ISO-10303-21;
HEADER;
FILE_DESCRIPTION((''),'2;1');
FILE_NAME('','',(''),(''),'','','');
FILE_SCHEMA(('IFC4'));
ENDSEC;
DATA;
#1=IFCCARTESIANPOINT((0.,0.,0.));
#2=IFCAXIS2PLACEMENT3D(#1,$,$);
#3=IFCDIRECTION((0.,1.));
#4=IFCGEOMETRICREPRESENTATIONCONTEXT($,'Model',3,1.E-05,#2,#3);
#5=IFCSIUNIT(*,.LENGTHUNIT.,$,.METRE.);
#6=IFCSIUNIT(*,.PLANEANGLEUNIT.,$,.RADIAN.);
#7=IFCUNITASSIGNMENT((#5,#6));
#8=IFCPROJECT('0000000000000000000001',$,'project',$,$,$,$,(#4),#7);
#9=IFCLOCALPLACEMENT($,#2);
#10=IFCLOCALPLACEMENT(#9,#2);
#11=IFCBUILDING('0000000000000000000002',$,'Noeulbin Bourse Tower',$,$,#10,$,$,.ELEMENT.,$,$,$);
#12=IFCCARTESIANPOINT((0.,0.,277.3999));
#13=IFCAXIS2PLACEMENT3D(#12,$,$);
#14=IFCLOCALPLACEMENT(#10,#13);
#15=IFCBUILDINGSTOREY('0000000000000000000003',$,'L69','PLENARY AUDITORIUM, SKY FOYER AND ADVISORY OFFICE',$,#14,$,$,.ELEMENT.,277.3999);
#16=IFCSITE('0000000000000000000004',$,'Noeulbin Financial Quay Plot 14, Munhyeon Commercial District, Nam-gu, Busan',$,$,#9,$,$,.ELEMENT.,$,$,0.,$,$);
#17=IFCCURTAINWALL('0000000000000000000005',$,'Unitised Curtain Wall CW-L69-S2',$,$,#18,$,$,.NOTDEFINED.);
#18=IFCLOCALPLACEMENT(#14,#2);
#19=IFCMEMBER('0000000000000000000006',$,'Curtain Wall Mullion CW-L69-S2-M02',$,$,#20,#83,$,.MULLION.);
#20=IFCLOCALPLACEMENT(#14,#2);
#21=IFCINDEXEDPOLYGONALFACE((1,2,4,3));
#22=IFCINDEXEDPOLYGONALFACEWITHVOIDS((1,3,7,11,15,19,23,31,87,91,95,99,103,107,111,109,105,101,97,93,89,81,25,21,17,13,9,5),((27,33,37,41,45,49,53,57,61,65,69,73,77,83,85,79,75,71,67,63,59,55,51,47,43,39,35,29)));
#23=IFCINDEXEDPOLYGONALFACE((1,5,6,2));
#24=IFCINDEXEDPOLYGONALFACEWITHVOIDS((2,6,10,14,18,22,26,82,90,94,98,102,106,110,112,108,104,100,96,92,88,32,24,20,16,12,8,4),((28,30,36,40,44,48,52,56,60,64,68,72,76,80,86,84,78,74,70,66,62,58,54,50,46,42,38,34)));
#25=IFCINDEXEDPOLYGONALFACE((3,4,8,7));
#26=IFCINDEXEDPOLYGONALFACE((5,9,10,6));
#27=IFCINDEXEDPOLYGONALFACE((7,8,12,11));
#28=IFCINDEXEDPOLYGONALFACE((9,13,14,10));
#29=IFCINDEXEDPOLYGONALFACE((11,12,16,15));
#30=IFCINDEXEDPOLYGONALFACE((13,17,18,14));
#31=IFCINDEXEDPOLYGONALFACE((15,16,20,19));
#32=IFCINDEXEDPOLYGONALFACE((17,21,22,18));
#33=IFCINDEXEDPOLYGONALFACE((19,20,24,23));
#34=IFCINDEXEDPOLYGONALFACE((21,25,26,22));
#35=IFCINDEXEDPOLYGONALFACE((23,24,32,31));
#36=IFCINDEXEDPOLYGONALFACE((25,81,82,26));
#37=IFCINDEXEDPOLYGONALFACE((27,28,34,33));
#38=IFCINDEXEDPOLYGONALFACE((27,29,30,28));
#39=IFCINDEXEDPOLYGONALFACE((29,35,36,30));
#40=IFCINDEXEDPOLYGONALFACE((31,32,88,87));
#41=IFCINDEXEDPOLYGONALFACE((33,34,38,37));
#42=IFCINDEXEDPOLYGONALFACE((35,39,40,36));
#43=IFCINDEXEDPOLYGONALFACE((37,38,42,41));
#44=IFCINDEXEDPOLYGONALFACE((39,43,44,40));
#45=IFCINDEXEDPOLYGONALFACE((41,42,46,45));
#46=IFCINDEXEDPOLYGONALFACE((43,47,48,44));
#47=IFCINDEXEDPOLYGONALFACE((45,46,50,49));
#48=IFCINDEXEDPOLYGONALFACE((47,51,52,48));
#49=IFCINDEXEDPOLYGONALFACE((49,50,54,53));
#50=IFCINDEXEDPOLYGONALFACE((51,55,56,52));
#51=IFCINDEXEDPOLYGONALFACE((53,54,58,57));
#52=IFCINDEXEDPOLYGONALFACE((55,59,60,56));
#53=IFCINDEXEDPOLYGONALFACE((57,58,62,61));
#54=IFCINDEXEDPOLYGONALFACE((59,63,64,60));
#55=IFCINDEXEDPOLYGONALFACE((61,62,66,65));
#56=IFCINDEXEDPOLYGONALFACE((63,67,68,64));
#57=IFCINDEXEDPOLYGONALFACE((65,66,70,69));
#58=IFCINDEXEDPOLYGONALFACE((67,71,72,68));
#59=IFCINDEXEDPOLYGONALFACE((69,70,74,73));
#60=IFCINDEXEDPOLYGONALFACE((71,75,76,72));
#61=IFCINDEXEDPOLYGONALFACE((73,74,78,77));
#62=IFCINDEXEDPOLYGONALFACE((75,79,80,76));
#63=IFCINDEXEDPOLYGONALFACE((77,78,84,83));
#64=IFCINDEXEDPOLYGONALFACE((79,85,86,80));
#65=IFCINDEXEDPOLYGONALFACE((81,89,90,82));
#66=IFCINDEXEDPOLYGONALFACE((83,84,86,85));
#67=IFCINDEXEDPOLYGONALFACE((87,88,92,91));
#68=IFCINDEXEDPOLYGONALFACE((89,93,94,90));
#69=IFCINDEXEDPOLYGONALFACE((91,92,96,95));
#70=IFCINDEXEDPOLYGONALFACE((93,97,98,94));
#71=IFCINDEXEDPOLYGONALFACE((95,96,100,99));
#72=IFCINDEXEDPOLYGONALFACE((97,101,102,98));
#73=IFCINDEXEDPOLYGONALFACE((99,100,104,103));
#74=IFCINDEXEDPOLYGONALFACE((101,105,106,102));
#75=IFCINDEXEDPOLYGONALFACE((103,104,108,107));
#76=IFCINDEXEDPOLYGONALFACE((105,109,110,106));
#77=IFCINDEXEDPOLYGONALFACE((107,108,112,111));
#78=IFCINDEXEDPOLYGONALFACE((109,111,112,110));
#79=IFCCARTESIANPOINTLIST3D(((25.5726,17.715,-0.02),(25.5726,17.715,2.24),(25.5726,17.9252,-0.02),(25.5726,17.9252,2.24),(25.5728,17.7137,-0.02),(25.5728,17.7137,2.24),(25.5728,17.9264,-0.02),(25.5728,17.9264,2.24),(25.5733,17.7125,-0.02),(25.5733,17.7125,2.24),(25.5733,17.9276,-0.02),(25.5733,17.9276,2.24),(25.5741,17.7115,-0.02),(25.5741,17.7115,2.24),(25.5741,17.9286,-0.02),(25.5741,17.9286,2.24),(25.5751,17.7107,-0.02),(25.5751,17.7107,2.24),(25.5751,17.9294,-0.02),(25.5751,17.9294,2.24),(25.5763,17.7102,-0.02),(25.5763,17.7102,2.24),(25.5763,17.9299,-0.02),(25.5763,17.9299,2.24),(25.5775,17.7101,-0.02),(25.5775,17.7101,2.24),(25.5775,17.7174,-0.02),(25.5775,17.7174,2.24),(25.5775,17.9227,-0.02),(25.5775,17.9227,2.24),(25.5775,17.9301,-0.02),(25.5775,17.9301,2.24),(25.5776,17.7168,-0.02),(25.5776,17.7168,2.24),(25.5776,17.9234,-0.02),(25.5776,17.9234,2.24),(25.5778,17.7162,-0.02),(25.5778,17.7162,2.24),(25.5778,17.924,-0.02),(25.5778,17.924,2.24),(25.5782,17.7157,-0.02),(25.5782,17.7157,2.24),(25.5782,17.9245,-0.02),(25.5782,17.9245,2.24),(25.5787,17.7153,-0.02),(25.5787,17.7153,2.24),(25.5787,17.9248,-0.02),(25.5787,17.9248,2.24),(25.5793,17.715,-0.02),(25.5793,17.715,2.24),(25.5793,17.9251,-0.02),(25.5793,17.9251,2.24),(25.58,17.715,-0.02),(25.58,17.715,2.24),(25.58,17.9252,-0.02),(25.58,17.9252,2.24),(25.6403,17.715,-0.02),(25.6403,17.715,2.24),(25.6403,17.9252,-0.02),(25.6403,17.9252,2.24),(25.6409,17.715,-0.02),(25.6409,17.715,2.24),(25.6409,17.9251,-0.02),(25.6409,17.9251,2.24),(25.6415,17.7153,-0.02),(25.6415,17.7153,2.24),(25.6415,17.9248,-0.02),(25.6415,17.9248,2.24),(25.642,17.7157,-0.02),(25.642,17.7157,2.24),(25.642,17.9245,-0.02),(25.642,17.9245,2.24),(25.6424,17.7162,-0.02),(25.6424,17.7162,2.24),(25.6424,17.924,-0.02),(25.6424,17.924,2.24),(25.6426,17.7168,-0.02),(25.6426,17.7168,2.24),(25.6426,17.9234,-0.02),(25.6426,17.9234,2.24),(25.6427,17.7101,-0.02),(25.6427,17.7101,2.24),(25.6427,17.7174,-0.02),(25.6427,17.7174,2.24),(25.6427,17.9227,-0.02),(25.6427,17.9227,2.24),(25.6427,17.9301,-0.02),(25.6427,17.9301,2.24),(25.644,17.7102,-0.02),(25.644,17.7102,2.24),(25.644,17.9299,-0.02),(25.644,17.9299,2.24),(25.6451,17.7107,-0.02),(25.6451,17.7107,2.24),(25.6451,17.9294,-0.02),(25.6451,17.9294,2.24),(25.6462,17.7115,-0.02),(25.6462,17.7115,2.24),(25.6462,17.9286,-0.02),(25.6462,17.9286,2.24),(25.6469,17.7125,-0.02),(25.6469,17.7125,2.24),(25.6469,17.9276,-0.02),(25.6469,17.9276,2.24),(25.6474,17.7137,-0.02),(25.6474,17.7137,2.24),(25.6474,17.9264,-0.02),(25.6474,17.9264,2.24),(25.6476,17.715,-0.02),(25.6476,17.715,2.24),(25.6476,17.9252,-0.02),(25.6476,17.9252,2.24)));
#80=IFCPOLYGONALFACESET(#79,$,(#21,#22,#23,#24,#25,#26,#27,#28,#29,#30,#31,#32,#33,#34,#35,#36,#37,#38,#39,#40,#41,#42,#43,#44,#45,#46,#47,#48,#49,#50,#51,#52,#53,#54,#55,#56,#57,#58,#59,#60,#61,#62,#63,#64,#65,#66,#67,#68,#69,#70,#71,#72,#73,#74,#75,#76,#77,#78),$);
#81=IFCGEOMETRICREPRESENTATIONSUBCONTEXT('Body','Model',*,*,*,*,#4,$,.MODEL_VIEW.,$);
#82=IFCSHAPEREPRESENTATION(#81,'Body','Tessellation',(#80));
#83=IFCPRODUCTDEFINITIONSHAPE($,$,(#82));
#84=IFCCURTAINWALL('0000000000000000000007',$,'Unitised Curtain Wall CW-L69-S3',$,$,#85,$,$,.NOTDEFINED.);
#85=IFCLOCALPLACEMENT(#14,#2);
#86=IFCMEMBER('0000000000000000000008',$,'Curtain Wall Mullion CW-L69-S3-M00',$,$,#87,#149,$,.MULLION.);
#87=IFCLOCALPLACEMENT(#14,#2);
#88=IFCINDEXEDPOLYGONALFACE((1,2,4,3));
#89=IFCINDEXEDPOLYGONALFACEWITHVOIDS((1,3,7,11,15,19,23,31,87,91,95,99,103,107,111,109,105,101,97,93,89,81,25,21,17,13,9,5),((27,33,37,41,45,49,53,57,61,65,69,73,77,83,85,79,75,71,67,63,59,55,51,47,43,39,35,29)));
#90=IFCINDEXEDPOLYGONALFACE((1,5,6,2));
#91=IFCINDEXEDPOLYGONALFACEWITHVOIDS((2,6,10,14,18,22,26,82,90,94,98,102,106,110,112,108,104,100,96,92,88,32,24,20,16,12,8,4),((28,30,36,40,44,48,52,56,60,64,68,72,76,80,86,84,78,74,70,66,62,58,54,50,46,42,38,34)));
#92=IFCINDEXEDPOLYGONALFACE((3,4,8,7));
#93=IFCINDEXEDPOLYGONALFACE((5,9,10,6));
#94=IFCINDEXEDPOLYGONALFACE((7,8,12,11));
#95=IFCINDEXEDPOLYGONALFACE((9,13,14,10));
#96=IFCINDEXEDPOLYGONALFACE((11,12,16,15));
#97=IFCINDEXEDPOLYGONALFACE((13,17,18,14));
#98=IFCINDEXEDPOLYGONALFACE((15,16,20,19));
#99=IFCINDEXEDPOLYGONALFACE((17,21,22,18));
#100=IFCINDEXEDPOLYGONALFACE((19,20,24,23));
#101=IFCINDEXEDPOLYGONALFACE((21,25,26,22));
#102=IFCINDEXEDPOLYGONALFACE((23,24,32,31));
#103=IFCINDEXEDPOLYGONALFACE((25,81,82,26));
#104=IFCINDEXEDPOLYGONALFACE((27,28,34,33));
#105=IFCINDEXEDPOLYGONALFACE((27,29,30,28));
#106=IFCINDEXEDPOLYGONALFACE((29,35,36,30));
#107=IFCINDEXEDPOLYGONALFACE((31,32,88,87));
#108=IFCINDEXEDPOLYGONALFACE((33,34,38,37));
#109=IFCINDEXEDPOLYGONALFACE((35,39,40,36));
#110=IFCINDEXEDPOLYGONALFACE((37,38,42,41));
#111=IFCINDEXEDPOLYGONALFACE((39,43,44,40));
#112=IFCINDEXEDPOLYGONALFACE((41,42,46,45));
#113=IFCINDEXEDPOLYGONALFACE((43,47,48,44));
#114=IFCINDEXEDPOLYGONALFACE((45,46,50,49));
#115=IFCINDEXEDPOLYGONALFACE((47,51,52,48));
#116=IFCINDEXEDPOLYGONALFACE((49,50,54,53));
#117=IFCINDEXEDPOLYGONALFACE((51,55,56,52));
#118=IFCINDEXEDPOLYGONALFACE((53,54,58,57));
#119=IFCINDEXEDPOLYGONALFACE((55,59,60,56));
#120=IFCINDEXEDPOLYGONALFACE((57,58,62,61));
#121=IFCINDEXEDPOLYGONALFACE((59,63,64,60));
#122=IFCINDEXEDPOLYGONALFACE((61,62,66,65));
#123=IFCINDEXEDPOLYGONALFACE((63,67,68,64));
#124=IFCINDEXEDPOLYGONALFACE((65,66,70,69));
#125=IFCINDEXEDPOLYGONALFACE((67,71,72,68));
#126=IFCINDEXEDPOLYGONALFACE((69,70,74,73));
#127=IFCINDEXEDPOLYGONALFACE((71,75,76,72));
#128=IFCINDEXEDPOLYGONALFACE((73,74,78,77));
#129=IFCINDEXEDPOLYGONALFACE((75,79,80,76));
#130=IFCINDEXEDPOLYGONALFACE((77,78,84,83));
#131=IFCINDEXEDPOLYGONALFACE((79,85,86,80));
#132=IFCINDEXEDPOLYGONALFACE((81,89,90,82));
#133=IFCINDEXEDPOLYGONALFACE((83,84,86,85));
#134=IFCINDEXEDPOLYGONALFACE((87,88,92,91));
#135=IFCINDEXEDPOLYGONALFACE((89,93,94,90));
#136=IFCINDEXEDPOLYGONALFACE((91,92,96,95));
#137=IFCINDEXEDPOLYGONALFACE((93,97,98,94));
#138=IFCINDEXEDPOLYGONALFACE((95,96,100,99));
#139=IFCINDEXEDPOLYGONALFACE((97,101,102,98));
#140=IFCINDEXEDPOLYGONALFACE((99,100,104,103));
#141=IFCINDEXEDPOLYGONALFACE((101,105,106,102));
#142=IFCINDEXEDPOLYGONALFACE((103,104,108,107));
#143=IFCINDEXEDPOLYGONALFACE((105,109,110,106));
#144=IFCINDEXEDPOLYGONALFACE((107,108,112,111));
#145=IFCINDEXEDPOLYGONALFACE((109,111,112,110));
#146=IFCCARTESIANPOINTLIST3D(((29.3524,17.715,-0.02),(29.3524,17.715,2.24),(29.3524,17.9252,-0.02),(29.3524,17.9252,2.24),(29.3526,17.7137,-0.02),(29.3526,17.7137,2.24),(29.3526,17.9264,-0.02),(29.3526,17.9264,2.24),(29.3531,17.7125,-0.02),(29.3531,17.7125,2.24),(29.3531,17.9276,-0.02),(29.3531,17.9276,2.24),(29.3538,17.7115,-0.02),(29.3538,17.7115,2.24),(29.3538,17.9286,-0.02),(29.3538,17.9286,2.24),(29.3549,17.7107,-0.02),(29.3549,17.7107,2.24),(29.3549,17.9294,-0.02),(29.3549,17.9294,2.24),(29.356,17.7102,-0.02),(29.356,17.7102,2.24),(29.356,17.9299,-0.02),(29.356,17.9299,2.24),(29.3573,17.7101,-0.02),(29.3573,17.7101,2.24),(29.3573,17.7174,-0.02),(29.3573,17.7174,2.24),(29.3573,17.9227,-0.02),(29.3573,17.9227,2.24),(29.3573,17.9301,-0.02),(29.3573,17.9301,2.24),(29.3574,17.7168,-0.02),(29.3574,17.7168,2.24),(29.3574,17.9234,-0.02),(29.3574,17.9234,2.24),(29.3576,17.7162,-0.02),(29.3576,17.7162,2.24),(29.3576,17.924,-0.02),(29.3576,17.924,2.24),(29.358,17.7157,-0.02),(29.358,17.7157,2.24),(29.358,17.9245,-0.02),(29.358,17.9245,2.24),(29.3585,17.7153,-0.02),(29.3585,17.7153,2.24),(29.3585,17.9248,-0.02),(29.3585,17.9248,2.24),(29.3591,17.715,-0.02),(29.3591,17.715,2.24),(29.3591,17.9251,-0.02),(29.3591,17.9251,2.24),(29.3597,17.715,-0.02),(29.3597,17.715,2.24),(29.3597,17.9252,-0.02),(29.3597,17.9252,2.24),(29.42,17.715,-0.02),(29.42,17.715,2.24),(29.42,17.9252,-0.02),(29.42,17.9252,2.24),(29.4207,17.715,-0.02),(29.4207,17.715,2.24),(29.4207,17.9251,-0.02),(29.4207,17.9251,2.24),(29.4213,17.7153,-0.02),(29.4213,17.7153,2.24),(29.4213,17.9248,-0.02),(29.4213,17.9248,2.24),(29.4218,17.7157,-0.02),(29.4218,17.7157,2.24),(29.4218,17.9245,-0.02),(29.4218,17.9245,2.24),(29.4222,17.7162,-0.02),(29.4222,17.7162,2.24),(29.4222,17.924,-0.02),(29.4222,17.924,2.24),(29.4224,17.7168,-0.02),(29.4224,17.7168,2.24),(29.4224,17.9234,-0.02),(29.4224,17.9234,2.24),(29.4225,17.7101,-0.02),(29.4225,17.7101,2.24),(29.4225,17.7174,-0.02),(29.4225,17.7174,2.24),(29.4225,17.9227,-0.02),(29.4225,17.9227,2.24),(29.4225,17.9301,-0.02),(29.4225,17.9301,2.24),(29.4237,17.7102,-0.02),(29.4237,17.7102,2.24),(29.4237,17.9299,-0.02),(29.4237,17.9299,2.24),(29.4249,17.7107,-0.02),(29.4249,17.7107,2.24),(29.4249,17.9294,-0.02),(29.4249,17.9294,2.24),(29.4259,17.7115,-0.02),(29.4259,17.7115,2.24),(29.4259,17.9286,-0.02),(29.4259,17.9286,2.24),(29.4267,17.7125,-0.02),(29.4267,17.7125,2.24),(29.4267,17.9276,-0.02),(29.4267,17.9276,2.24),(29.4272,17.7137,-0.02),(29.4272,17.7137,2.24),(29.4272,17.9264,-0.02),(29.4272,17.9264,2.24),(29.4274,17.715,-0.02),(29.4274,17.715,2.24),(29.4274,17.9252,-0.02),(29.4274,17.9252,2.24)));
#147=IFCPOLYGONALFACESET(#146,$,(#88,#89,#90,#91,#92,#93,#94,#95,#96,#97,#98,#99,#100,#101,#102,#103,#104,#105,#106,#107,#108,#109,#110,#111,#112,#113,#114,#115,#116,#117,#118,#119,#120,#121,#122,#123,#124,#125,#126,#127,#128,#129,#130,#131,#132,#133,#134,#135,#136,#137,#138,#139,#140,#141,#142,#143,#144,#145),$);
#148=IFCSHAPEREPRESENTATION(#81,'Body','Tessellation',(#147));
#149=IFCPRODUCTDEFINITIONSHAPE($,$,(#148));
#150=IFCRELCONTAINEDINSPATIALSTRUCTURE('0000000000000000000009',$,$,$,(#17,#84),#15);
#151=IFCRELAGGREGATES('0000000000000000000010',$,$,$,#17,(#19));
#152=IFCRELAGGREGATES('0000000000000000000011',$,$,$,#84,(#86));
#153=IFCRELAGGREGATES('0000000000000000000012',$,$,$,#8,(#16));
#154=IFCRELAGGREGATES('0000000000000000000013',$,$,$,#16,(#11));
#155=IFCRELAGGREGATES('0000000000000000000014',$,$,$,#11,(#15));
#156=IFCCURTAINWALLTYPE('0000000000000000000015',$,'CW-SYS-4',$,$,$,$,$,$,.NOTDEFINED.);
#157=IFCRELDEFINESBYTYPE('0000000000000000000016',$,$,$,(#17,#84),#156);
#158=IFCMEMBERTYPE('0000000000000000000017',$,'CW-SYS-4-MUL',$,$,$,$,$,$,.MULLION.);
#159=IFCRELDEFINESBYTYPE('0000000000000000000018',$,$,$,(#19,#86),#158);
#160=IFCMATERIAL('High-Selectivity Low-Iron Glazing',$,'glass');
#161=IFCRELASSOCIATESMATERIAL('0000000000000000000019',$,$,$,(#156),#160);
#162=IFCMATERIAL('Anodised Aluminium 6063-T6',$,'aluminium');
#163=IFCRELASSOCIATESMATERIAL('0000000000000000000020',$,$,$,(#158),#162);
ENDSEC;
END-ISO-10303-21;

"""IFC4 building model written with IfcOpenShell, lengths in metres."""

from ifc_helpers import new_model, si_unit, direction, frame, origin, origin_2d, place, context, subcontext, project, spatial, hollow_rectangle, extrude, material, material_profile, profile_set, type_object, element, aggregate, save


model = new_model("IFC4")

# Units and contexts
model_context = context("Model", 3, precision=1e-05, world=origin(), true_north=direction((0.0, 1.0)))
body_context = subcontext(model_context, "Body", "Model", "MODEL_VIEW")
ifc_project = project(units=[si_unit("LENGTHUNIT", "METRE"), si_unit("PLANEANGLEUNIT", "RADIAN")], contexts=[model_context])

# Site, building, storey
site_placement = place(None, origin())
site = spatial("IfcSite", under=ifc_project, at=site_placement, Name="Noeulbin Financial Quay Plot 14, Munhyeon Commercial District, Nam-gu, Busan", CompositionType="ELEMENT", RefElevation=0.0)
building_placement = place(site_placement, origin())
building = spatial("IfcBuilding", under=site, at=building_placement, Name="Noeulbin Bourse Tower", CompositionType="ELEMENT")
storey_placement = place(building_placement, frame((0.0, 0.0, 277.3999)))
storey = spatial("IfcBuildingStorey", under=building, at=storey_placement, Name="L69", Description="PLENARY AUDITORIUM, SKY FOYER AND ADVISORY OFFICE", CompositionType="ELEMENT", Elevation=277.3999)

# Shared definitions
ifc_material_1 = material(Name="High-Selectivity Low-Iron Glazing", Category="glass")
curtain_wall_type = type_object("IfcCurtainWallType", Name="CW-SYS-4", PredefinedType="NOTDEFINED", material=ifc_material_1)
ifc_material_2 = material(Name="Anodised Aluminium 6063-T6", Category="aluminium")
ifc_material_profile_1 = material_profile(ifc_material_2, hollow_rectangle(XDim=0.075, YDim=0.22, WallThickness=0.0049, InnerFilletRadius=0.0024, OuterFilletRadius=0.0049, at=origin_2d()), Name="ALU-MULL-75x220x5", Category="LoadBearing")
ifc_profile_set_1 = profile_set([ifc_material_profile_1], Name="Anodised Aluminium 6063-T6")
member_type_1 = type_object("IfcMemberType", Name="CW-SYS-4-MUL", PredefinedType="MULLION", material=ifc_profile_set_1)

# Curtain wall, member
curtain_wall_1_placement = place(storey_placement, origin())
curtain_wall_1 = element("IfcCurtainWall", 1, at=curtain_wall_1_placement, inside=storey, type_object=curtain_wall_type, Name="Unitised Curtain Wall CW-L69-S2", PredefinedType="NOTDEFINED")
member_1_placement = place(storey_placement, frame((25.6101, 17.8201, -0.02), z_axis=(0.0, 0.0, 1.0), x_axis=(1.0, 0.0, 0.0)))
member_1 = element("IfcMember", 2, at=member_1_placement, type_object=member_type_1, Name="Curtain Wall Mullion CW-L69-S2-M02", PredefinedType="MULLION", context=body_context, shape_type="SweptSolid", body=[
    extrude(hollow_rectangle(XDim=0.075, YDim=0.22, WallThickness=0.0049, InnerFilletRadius=0.0024, OuterFilletRadius=0.0049, at=origin_2d()), origin(), (0.0, 0.0, 1.0), 2.26),
])
aggregate(curtain_wall_1, [member_1])

# Curtain wall, member
curtain_wall_2_placement = place(storey_placement, origin())
curtain_wall_2 = element("IfcCurtainWall", 3, at=curtain_wall_2_placement, inside=storey, type_object=curtain_wall_type, Name="Unitised Curtain Wall CW-L69-S3", PredefinedType="NOTDEFINED")
member_2_placement = place(storey_placement, frame((29.3899, 17.8201, -0.02), z_axis=(0.0, 0.0, 1.0), x_axis=(1.0, 0.0, 0.0)))
member_2 = element("IfcMember", 4, at=member_2_placement, type_object=member_type_1, Name="Curtain Wall Mullion CW-L69-S3-M00", PredefinedType="MULLION", context=body_context, shape_type="SweptSolid", body=[
    extrude(hollow_rectangle(XDim=0.075, YDim=0.22, WallThickness=0.0049, InnerFilletRadius=0.0024, OuterFilletRadius=0.0049, at=origin_2d()), origin(), (0.0, 0.0, 1.0), 2.26),
])

aggregate(curtain_wall_2, [member_2])

save(model, "model.ifc")
